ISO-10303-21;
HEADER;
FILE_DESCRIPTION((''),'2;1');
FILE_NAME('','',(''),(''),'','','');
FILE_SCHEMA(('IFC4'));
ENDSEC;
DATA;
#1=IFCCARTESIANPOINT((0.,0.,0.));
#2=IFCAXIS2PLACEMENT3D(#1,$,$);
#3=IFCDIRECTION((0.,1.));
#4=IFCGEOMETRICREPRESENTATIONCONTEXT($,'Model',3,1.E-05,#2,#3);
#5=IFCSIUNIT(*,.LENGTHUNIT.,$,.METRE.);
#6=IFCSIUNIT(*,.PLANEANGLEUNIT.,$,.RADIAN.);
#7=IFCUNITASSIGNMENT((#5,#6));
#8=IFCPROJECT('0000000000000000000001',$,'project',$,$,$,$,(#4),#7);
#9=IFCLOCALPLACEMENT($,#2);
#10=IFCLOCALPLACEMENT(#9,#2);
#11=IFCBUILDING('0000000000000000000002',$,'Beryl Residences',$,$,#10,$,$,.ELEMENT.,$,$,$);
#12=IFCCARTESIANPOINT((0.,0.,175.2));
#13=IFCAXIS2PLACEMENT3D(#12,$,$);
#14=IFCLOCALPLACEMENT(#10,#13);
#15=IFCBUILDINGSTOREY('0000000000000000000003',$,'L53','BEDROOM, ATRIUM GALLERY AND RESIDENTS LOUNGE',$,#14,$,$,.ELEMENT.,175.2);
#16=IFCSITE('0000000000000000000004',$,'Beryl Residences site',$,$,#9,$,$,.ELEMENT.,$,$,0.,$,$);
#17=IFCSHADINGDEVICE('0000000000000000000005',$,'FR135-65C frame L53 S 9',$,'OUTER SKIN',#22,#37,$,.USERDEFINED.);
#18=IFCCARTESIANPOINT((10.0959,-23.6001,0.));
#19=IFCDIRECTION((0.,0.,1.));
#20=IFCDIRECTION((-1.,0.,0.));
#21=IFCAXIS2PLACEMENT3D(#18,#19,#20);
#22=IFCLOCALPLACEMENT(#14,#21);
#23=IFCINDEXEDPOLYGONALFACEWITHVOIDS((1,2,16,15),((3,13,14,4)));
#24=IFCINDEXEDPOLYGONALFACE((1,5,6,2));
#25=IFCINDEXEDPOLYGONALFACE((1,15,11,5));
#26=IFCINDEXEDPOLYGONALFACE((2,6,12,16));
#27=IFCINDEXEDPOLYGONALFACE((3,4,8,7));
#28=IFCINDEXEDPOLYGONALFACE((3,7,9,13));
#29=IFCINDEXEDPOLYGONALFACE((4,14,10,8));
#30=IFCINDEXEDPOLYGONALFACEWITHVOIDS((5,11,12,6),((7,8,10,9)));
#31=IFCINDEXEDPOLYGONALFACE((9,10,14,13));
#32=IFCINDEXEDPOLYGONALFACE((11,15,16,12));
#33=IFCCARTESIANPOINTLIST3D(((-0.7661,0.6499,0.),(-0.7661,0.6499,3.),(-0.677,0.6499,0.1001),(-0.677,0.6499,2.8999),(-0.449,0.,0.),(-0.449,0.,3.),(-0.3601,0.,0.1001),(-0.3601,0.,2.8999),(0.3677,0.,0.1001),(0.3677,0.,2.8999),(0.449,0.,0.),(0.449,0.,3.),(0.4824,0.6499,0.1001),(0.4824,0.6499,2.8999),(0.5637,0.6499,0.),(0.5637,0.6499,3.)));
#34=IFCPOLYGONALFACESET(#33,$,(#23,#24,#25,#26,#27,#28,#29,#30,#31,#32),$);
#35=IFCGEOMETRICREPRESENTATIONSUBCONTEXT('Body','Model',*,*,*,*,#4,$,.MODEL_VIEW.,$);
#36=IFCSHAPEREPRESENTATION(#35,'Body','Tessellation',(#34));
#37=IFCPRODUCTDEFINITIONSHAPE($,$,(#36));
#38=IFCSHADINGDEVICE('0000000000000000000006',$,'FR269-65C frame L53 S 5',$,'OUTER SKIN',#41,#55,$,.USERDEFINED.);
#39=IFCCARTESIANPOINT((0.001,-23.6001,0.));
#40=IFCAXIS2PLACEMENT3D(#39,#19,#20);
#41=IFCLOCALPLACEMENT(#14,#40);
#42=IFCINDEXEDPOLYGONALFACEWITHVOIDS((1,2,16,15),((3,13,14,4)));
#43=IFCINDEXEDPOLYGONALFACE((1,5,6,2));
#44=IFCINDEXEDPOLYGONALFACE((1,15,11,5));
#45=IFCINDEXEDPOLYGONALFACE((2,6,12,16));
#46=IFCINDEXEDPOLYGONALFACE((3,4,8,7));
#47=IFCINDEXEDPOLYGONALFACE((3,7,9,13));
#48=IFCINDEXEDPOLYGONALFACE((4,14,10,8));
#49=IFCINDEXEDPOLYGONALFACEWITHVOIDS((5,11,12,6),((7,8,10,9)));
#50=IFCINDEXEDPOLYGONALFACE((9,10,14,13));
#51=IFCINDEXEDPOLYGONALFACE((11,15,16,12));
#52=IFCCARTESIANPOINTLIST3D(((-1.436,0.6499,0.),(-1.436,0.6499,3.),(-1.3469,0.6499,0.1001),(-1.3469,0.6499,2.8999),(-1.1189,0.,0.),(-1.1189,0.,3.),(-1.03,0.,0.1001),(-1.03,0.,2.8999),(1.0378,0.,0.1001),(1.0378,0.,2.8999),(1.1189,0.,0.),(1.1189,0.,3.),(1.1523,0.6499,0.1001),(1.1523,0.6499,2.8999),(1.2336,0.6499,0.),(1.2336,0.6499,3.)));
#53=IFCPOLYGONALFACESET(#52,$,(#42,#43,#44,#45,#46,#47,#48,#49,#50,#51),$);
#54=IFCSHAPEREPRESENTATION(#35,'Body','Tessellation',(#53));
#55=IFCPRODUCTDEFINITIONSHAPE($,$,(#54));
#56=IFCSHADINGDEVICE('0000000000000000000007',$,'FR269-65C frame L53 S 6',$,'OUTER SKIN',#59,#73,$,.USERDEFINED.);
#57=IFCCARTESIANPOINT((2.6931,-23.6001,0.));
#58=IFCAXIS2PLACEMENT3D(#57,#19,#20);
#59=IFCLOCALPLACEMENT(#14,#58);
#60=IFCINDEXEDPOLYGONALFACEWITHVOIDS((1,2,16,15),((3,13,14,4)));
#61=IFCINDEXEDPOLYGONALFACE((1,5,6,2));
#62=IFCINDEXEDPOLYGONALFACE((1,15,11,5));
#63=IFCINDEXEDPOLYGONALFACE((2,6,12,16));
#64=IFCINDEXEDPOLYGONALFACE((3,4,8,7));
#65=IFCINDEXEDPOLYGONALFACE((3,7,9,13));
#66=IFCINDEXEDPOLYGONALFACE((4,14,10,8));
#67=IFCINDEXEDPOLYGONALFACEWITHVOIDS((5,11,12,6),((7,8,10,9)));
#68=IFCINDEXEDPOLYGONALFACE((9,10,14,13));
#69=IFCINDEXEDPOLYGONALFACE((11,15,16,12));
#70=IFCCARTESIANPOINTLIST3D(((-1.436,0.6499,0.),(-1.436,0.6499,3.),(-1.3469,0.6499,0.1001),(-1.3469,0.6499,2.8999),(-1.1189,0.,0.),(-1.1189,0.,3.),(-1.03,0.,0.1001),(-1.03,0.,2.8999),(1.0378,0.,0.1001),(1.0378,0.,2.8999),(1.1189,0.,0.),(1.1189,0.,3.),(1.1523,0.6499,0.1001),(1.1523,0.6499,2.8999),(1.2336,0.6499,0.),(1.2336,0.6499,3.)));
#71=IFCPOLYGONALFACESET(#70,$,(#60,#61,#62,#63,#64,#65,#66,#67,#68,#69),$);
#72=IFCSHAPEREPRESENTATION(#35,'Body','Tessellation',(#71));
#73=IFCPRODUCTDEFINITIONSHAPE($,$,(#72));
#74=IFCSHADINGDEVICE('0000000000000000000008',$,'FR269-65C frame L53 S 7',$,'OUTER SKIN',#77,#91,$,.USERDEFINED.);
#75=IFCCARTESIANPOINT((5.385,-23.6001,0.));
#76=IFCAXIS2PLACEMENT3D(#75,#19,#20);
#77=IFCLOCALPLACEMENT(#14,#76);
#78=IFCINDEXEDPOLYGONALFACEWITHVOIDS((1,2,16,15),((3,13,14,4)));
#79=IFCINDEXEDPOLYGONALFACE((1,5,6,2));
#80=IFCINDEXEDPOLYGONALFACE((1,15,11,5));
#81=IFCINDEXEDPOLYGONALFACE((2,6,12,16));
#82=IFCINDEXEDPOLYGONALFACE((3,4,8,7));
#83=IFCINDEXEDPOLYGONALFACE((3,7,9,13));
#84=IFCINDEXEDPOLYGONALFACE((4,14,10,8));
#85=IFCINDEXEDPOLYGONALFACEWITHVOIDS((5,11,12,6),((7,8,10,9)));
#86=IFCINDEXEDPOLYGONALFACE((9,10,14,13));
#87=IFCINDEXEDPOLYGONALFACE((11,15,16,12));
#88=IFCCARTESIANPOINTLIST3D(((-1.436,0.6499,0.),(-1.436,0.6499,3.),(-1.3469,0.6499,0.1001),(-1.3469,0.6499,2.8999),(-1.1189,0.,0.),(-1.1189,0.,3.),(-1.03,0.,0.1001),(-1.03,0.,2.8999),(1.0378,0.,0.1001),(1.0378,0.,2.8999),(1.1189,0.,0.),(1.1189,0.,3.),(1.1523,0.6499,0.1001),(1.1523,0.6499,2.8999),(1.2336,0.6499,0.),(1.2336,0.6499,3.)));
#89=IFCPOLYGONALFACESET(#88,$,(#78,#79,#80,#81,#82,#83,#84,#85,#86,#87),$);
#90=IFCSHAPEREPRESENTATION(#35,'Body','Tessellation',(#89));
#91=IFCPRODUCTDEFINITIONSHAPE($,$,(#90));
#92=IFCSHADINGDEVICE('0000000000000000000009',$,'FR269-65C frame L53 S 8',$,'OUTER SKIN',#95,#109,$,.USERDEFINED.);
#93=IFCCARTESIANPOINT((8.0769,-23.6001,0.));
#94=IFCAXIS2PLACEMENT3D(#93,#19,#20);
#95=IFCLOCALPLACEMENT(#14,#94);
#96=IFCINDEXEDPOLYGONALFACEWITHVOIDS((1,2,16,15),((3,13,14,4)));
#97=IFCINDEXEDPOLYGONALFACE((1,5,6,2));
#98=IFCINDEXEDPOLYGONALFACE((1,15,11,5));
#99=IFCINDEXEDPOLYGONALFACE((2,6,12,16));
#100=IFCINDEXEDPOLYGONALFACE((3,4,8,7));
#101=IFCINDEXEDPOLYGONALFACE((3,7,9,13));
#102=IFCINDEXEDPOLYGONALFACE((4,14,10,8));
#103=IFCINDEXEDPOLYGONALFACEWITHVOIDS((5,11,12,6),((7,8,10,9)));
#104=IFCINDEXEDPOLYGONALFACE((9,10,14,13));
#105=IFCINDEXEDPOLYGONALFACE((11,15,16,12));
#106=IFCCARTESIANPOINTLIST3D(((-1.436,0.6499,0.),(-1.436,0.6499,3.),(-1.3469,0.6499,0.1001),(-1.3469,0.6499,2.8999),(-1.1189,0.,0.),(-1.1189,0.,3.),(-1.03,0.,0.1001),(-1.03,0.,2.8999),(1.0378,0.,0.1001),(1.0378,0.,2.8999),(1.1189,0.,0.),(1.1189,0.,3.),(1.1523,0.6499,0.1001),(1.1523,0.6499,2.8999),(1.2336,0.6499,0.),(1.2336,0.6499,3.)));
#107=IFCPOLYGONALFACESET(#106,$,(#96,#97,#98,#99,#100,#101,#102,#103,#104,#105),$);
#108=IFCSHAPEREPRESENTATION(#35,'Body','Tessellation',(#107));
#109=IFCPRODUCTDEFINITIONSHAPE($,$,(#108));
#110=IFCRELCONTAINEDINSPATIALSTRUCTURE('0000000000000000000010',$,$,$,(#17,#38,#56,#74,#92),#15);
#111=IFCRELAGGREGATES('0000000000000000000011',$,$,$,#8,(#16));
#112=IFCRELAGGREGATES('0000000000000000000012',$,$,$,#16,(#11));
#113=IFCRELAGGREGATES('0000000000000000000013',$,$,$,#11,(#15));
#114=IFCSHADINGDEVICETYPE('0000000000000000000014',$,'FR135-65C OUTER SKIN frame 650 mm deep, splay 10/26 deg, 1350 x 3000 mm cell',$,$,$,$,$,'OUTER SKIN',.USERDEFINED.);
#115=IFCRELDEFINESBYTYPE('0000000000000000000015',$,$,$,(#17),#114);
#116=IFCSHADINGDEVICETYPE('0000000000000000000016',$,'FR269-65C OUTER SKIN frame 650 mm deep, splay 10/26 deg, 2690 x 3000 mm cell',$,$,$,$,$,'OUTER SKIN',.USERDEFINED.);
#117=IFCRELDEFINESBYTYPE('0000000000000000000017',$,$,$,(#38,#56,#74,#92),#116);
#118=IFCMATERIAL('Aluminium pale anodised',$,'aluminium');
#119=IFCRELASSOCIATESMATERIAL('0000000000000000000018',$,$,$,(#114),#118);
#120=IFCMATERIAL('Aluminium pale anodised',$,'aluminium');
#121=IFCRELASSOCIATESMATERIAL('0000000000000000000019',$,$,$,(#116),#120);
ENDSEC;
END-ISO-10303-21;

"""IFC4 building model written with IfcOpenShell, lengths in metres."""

from ifc_helpers import new_model, entity, si_unit, direction, frame, origin, place, context, subcontext, project, spatial, source, transform, mapped, material, type_object, type_shapes, element, save


model = new_model("IFC4")

# Units and contexts
model_context = context("Model", 3, precision=1e-05, world=origin(), true_north=direction((0.0, 1.0)))
body_context = subcontext(model_context, "Body", "Model", "MODEL_VIEW")
ifc_project = project(units=[si_unit("LENGTHUNIT", "METRE"), si_unit("PLANEANGLEUNIT", "RADIAN")], contexts=[model_context])

# Site, building, storey
site_placement = place(None, origin())
site = spatial("IfcSite", under=ifc_project, at=site_placement, Name="Beryl Residences site", CompositionType="ELEMENT", RefElevation=0.0)
building_placement = place(site_placement, origin())
building = spatial("IfcBuilding", under=site, at=building_placement, Name="Beryl Residences", CompositionType="ELEMENT")
storey_placement = place(building_placement, frame((0.0, 0.0, 175.2)))
storey = spatial("IfcBuildingStorey", under=building, at=storey_placement, Name="L53", Description="BEDROOM, ATRIUM GALLERY AND RESIDENTS LOUNGE", CompositionType="ELEMENT", Elevation=175.2)

# Shading devices
ifc_material_1 = material(Name="Aluminium pale anodised", Category="aluminium")
shading_device_type_1 = type_object("IfcShadingDeviceType", Name="FR135-65C OUTER SKIN frame 650 mm deep, splay 10/26 deg, 1350 x 3000 mm cell", ElementType="OUTER SKIN", PredefinedType="USERDEFINED", material=ifc_material_1)
cartesian_point_1 = entity("IfcCartesianPoint", [-0.449, 0.0])
cartesian_point_2 = entity("IfcCartesianPoint", [-0.3677, 0.1001])
cartesian_point_3 = entity("IfcCartesianPoint", [-0.5637, 0.0])
cartesian_point_4 = entity("IfcCartesianPoint", [-0.4824, 0.1001])
shared_shape_1 = source(origin(), body_context, "Body", "SweptSolid", [
    entity("IfcExtrudedAreaSolidTapered", entity("IfcArbitraryProfileDefWithVoids", "AREA", None, entity("IfcPolyline", [cartesian_point_1, entity("IfcCartesianPoint", [0.449, 0.0]), entity("IfcCartesianPoint", [0.449, 3.0]), entity("IfcCartesianPoint", [-0.449, 3.0]), cartesian_point_1]), [entity("IfcPolyline", [cartesian_point_2, entity("IfcCartesianPoint", [0.3601, 0.1001]), entity("IfcCartesianPoint", [0.3601, 2.8999]), entity("IfcCartesianPoint", [-0.3677, 2.8999]), cartesian_point_2])]), entity("IfcAxis2Placement3D", entity("IfcCartesianPoint", [0.0, 0.0, 0.0]), entity("IfcDirection", [0.0, 1.0, 0.0]), entity("IfcDirection", [-1.0, 0.0, 0.0])), entity("IfcDirection", [0.0, 0.0, 1.0]), 0.6499, entity("IfcArbitraryProfileDefWithVoids", "AREA", None, entity("IfcPolyline", [cartesian_point_3, entity("IfcCartesianPoint", [0.7661, 0.0]), entity("IfcCartesianPoint", [0.7661, 3.0]), entity("IfcCartesianPoint", [-0.5637, 3.0]), cartesian_point_3]), [entity("IfcPolyline", [cartesian_point_4, entity("IfcCartesianPoint", [0.677, 0.1001]), entity("IfcCartesianPoint", [0.677, 2.8999]), entity("IfcCartesianPoint", [-0.4824, 2.8999]), cartesian_point_4])])),
])
type_shapes(shading_device_type_1, [shared_shape_1])
shading_device_placement = place(storey_placement, frame((10.0959, -23.6001, 0.0), z_axis=(0.0, 0.0, 1.0), x_axis=(-1.0, 0.0, 0.0)))
element("IfcShadingDevice", 1, at=shading_device_placement, inside=storey, type_object=shading_device_type_1, Name="FR135-65C frame L53 S 9", ObjectType="OUTER SKIN", PredefinedType="USERDEFINED", context=body_context, shape_type="MappedRepresentation", body=[
    mapped(shared_shape_1, transform((0.0, 0.0, 0.0))),
])
ifc_material_2 = material(Name="Aluminium pale anodised", Category="aluminium")
shading_device_type_2 = type_object("IfcShadingDeviceType", Name="FR269-65C OUTER SKIN frame 650 mm deep, splay 10/26 deg, 2690 x 3000 mm cell", ElementType="OUTER SKIN", PredefinedType="USERDEFINED", material=ifc_material_2)
cartesian_point_5 = entity("IfcCartesianPoint", [-1.1189, 0.0])
cartesian_point_6 = entity("IfcCartesianPoint", [-1.0378, 0.1001])
cartesian_point_7 = entity("IfcCartesianPoint", [-1.2336, 0.0])
cartesian_point_8 = entity("IfcCartesianPoint", [-1.1523, 0.1001])
shared_shape_2 = source(origin(), body_context, "Body", "SweptSolid", [
    entity("IfcExtrudedAreaSolidTapered", entity("IfcArbitraryProfileDefWithVoids", "AREA", None, entity("IfcPolyline", [cartesian_point_5, entity("IfcCartesianPoint", [1.1189, 0.0]), entity("IfcCartesianPoint", [1.1189, 3.0]), entity("IfcCartesianPoint", [-1.1189, 3.0]), cartesian_point_5]), [entity("IfcPolyline", [cartesian_point_6, entity("IfcCartesianPoint", [1.03, 0.1001]), entity("IfcCartesianPoint", [1.03, 2.8999]), entity("IfcCartesianPoint", [-1.0378, 2.8999]), cartesian_point_6])]), entity("IfcAxis2Placement3D", entity("IfcCartesianPoint", [0.0, 0.0, 0.0]), entity("IfcDirection", [0.0, 1.0, 0.0]), entity("IfcDirection", [-1.0, 0.0, 0.0])), entity("IfcDirection", [0.0, 0.0, 1.0]), 0.6499, entity("IfcArbitraryProfileDefWithVoids", "AREA", None, entity("IfcPolyline", [cartesian_point_7, entity("IfcCartesianPoint", [1.436, 0.0]), entity("IfcCartesianPoint", [1.436, 3.0]), entity("IfcCartesianPoint", [-1.2336, 3.0]), cartesian_point_7]), [entity("IfcPolyline", [cartesian_point_8, entity("IfcCartesianPoint", [1.3469, 0.1001]), entity("IfcCartesianPoint", [1.3469, 2.8999]), entity("IfcCartesianPoint", [-1.1523, 2.8999]), cartesian_point_8])])),
])
type_shapes(shading_device_type_2, [shared_shape_2])
for number, where, z_axis, x_axis, name in (
    (2, (0.001, -23.6001, 0.0), (0.0, 0.0, 1.0), (-1.0, 0.0, 0.0), "FR269-65C frame L53 S 5"),
    (3, (2.6931, -23.6001, 0.0), (0.0, 0.0, 1.0), (-1.0, 0.0, 0.0), "FR269-65C frame L53 S 6"),
    (4, (5.385, -23.6001, 0.0), (0.0, 0.0, 1.0), (-1.0, 0.0, 0.0), "FR269-65C frame L53 S 7"),
    (5, (8.0769, -23.6001, 0.0), (0.0, 0.0, 1.0), (-1.0, 0.0, 0.0), "FR269-65C frame L53 S 8"),
):
    element("IfcShadingDevice", number, at=place(storey_placement, frame(where, z_axis=z_axis, x_axis=x_axis)), inside=storey, type_object=shading_device_type_2, Name=name, ObjectType="OUTER SKIN", PredefinedType="USERDEFINED", context=body_context, shape_type="MappedRepresentation", body=[
        mapped(shared_shape_2, transform((0.0, 0.0, 0.0))),
    ])

save(model, "model.ifc")
